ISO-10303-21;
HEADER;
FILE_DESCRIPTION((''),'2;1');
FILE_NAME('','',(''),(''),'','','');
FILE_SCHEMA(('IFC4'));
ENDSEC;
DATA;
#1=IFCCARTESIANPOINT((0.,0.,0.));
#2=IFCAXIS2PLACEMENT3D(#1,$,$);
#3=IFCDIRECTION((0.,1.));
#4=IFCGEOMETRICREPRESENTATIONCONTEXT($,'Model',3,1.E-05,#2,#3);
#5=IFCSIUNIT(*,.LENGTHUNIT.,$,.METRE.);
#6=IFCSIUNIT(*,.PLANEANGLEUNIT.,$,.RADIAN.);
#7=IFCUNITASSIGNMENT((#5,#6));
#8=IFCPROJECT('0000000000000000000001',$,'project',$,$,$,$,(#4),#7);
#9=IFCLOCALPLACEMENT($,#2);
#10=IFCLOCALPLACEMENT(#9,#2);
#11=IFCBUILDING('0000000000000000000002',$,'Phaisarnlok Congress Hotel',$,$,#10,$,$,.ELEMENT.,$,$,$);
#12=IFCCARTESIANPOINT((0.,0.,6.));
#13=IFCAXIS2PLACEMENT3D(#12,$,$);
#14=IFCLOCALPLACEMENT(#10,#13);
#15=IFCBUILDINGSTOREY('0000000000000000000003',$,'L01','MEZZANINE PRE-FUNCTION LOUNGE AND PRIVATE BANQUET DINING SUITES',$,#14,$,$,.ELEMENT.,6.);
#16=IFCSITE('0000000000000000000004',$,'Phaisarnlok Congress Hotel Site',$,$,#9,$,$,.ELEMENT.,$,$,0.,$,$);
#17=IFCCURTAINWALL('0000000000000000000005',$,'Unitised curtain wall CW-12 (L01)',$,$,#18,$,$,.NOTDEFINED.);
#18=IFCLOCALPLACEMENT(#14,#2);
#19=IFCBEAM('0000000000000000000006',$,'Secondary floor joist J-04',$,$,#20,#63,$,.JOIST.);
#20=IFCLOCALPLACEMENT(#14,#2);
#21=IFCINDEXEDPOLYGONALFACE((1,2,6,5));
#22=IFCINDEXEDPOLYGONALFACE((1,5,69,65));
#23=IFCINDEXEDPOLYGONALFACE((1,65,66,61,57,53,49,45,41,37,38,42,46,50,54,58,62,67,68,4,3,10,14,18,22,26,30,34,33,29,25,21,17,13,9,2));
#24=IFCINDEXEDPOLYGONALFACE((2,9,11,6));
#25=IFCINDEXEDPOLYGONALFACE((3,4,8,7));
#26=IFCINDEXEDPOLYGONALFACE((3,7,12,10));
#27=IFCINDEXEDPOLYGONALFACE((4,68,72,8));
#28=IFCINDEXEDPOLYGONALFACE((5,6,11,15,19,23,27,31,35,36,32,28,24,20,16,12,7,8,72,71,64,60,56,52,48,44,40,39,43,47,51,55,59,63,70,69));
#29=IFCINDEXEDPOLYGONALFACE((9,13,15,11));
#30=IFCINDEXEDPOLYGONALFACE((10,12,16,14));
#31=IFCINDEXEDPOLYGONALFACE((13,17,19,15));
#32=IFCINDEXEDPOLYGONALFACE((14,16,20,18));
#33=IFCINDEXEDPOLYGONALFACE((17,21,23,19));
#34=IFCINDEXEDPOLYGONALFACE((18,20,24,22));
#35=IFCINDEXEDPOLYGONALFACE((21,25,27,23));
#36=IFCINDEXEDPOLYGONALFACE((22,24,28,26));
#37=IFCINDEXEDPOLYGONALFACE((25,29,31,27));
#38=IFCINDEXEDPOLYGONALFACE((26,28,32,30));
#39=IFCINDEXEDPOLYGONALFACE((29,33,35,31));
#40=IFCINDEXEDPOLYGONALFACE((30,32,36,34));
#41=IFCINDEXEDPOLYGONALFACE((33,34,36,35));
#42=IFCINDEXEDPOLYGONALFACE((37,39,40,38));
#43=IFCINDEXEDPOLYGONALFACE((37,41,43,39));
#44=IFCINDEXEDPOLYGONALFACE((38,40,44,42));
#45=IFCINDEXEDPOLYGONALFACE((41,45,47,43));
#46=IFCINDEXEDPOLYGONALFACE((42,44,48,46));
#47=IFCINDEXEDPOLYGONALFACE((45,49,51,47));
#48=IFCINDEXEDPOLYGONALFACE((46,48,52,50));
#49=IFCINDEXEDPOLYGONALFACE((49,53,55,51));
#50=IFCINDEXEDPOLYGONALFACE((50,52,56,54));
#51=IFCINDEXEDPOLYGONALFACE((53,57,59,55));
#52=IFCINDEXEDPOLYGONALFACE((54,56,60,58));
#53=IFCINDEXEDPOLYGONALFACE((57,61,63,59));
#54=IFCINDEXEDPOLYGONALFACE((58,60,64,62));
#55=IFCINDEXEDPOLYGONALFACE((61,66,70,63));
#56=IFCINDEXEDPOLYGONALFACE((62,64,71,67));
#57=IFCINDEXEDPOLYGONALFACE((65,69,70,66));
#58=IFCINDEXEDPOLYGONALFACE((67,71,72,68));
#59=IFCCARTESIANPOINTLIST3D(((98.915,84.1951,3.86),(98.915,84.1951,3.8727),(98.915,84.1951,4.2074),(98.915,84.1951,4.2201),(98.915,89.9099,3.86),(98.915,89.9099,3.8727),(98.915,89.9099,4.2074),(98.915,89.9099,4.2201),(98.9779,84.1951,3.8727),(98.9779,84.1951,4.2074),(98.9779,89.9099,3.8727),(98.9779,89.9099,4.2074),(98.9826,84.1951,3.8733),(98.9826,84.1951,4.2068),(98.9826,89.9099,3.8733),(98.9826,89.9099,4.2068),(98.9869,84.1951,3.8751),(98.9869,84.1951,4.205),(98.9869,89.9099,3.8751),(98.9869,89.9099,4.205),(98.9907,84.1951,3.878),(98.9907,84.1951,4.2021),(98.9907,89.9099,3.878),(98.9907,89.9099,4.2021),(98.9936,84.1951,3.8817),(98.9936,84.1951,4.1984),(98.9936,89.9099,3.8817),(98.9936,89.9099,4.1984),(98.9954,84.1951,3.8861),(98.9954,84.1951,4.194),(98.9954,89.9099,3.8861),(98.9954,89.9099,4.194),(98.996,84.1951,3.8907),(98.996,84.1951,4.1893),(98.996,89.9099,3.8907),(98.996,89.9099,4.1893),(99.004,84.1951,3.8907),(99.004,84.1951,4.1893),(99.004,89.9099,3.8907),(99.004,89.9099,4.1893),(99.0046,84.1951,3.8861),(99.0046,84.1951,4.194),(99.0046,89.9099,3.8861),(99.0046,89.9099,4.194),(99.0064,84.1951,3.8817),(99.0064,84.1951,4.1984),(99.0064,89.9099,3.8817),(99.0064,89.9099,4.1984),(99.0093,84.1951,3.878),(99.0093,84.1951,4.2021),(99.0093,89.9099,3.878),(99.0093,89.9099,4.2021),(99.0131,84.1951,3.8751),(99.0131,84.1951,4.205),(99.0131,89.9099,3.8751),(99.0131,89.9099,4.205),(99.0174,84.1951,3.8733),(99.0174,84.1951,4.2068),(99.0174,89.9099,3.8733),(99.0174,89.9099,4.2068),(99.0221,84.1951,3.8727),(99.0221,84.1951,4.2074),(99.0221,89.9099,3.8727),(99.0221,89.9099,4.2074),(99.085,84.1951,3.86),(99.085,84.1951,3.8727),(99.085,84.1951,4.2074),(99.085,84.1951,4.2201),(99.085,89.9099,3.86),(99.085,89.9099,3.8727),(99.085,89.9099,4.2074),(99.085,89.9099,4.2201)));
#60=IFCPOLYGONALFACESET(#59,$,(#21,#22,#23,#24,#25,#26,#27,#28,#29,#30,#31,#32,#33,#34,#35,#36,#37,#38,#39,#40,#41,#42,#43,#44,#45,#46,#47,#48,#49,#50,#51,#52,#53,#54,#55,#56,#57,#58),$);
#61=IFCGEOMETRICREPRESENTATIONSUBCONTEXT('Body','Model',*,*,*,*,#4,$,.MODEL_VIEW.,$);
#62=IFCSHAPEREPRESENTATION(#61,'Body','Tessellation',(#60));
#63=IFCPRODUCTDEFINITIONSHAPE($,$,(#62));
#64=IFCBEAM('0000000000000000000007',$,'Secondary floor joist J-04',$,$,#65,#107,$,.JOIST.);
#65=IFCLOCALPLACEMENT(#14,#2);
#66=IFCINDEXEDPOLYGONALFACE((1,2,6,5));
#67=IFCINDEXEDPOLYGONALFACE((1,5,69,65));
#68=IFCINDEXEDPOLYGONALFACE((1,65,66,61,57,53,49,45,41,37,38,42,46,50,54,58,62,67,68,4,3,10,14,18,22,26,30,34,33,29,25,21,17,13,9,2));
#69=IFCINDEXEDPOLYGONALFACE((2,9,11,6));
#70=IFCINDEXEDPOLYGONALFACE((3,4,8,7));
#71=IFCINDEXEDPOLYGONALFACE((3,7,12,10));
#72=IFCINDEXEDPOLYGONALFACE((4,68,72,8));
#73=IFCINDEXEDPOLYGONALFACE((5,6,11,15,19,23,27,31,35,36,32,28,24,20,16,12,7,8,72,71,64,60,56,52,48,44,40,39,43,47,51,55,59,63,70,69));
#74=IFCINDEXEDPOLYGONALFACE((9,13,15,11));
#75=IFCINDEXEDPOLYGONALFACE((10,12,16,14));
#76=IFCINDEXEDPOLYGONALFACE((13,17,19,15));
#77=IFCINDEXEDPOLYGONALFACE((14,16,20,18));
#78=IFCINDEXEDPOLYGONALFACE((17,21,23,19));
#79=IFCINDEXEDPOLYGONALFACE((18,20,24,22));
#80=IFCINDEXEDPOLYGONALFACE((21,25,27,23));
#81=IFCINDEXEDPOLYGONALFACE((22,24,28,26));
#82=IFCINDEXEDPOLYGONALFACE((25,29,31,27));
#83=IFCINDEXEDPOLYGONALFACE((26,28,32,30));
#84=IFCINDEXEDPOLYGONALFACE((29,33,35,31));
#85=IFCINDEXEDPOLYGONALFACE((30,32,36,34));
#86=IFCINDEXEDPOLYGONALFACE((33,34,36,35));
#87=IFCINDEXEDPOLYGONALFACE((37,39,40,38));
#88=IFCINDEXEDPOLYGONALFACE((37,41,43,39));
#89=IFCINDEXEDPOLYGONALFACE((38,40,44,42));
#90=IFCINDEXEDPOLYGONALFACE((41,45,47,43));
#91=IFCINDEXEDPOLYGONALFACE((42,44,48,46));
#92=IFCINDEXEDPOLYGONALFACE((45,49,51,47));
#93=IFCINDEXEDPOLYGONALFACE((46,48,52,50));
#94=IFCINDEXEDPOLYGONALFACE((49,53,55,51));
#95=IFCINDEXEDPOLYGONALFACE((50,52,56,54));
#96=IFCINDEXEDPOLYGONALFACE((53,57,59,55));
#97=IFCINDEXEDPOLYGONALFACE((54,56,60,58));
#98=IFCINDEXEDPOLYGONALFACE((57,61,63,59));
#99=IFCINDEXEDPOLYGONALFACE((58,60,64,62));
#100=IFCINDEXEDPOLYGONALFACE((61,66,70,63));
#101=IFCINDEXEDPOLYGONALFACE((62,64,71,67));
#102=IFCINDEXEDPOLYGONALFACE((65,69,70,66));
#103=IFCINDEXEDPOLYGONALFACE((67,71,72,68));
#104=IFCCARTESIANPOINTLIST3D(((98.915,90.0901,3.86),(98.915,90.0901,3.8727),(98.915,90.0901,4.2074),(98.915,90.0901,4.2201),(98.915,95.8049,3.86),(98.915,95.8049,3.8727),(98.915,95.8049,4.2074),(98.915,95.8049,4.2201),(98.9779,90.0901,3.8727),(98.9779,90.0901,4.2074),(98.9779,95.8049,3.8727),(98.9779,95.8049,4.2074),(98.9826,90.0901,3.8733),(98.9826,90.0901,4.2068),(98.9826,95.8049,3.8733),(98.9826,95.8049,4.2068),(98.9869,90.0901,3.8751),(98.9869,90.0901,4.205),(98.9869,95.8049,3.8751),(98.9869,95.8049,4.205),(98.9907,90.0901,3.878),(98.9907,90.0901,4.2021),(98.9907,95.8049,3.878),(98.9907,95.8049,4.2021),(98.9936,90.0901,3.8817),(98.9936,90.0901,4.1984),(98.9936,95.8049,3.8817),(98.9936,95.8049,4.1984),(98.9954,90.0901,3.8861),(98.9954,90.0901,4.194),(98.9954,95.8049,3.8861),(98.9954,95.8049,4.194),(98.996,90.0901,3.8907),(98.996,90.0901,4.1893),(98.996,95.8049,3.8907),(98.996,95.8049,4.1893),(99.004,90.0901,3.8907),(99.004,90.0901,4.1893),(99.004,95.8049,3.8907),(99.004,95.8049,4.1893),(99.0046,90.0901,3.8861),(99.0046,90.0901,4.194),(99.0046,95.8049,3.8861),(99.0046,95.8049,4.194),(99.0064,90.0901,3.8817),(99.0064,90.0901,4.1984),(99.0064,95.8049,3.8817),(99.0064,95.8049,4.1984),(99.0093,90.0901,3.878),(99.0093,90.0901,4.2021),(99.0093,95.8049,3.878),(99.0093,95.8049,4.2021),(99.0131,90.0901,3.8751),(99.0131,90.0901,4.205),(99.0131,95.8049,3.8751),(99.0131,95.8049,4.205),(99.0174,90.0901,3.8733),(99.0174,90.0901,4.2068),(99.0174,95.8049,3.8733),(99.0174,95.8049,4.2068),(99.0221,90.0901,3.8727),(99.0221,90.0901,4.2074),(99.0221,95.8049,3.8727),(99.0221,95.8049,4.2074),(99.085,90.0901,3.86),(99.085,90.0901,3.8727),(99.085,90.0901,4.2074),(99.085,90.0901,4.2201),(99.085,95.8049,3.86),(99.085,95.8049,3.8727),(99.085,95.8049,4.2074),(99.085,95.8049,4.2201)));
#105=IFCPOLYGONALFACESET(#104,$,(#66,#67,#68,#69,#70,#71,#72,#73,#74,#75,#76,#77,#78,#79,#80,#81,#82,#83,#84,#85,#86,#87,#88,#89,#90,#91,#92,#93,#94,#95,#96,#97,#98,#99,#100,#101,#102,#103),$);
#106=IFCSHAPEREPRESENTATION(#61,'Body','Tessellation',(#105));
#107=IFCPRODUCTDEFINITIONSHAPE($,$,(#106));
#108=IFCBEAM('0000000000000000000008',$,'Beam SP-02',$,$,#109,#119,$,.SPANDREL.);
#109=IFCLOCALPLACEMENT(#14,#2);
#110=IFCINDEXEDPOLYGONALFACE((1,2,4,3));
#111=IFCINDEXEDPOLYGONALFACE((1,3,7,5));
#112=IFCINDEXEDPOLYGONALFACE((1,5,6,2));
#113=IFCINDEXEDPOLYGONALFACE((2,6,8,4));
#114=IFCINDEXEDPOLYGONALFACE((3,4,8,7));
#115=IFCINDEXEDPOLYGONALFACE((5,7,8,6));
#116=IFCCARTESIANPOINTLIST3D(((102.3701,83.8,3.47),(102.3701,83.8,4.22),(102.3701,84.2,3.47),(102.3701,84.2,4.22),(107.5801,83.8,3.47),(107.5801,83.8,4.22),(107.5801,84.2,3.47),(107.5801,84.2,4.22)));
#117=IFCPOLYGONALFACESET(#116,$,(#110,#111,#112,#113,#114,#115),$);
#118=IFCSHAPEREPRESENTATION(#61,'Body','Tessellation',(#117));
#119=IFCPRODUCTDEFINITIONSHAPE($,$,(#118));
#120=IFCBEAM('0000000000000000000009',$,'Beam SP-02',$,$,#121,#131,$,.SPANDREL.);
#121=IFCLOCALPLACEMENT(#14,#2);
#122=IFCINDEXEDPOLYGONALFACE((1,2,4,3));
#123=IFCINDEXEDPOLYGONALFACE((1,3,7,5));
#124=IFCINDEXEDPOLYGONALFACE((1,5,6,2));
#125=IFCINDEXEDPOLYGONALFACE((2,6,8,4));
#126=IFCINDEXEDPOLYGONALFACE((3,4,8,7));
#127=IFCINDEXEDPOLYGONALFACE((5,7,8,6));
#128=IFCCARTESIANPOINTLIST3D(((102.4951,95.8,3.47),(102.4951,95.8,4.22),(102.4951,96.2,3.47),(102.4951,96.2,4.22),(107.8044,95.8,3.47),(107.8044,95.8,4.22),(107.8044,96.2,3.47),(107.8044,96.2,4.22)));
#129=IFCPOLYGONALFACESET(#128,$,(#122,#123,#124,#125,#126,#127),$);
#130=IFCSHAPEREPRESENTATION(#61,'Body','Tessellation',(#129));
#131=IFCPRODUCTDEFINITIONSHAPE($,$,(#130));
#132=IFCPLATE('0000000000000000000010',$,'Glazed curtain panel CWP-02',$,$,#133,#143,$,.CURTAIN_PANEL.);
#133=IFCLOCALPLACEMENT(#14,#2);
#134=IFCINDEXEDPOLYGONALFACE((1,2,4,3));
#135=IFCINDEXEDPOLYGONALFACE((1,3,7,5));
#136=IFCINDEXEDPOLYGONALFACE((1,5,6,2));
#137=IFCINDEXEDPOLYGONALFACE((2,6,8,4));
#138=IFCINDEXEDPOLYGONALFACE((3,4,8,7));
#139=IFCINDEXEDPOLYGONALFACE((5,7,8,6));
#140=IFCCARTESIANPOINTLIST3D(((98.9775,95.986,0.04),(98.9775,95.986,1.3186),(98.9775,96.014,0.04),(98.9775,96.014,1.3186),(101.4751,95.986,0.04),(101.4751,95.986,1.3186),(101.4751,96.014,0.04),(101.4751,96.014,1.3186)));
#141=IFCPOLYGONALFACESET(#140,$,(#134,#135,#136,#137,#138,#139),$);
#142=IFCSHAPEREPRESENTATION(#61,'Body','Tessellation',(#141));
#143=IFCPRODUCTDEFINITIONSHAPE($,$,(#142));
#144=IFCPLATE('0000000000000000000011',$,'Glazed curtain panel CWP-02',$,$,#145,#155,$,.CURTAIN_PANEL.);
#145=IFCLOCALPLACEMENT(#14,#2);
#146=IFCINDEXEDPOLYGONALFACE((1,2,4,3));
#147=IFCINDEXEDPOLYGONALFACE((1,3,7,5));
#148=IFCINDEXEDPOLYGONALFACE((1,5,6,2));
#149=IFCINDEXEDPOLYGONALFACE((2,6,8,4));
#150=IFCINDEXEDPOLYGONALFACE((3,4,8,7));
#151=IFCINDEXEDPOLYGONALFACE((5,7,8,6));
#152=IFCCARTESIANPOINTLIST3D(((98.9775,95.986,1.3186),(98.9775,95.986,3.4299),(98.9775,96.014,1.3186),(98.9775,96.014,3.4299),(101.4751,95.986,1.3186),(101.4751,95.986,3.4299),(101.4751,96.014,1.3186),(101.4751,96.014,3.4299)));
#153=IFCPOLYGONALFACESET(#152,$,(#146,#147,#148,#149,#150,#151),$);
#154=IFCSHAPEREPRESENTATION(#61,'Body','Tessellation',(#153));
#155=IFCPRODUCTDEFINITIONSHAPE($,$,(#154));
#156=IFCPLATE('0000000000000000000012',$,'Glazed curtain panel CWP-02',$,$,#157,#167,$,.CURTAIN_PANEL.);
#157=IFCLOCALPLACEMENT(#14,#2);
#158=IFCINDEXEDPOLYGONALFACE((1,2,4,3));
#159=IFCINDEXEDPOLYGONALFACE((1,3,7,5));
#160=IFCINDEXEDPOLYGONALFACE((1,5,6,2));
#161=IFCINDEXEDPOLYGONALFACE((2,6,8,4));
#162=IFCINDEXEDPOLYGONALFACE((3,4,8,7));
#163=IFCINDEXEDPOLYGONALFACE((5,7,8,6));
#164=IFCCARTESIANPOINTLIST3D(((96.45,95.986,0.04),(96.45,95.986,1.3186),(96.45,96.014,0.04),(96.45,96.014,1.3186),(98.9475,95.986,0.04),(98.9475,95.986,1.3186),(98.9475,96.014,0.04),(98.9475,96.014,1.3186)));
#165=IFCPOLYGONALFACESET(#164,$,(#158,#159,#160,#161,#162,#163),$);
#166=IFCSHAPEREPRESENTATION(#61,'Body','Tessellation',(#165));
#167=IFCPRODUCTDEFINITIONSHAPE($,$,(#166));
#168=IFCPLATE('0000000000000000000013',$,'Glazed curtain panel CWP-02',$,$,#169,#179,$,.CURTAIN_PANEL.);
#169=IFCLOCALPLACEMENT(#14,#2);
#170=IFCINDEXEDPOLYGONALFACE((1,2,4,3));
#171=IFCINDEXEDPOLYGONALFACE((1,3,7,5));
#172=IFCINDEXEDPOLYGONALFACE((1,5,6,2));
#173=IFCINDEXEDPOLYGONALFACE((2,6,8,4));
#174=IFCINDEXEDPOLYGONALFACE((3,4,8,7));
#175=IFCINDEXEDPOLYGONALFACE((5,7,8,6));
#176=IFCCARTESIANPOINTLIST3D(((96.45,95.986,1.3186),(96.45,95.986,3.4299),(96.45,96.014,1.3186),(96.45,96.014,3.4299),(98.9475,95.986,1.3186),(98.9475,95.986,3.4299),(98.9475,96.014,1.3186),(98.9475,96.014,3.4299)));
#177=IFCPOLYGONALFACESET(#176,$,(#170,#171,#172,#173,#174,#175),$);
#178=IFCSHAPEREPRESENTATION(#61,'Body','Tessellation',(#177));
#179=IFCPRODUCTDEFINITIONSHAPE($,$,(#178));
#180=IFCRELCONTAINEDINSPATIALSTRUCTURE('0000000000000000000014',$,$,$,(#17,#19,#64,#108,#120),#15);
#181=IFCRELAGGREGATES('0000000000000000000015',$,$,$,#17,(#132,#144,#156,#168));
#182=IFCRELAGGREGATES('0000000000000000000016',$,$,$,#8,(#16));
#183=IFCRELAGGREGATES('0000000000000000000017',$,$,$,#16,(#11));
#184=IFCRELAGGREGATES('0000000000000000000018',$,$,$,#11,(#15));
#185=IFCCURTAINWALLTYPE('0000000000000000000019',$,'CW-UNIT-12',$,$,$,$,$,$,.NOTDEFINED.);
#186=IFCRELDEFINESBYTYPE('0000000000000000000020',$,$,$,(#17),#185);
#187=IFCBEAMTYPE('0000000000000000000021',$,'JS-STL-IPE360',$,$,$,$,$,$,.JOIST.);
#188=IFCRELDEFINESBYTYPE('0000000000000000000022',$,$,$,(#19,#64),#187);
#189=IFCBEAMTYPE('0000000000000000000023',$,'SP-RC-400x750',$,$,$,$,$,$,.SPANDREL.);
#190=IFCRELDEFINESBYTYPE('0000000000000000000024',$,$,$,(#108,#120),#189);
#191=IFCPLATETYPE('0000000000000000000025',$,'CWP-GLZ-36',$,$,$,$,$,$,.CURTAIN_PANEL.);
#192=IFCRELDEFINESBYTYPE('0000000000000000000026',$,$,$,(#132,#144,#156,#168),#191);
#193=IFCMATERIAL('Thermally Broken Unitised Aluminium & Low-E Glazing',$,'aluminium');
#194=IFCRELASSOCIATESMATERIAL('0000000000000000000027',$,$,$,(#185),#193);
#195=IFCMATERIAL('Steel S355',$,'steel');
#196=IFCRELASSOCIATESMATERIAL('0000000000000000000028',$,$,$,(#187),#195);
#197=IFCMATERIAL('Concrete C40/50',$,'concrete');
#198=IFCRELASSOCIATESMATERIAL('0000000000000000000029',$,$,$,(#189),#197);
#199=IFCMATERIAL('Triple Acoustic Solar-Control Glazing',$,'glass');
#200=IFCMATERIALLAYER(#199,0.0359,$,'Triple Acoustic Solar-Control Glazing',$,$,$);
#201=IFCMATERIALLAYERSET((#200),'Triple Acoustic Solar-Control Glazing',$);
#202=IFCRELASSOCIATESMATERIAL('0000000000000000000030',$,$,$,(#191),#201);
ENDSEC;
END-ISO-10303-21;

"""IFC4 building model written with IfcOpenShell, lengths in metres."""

from ifc_helpers import new_model, si_unit, direction, frame, frame_2d, origin, origin_2d, place, context, subcontext, project, spatial, rectangle, i_section, extrude, material, layer, layer_set, material_profile, profile_set, type_object, element, aggregate, save


model = new_model("IFC4")

# Units and contexts
model_context = context("Model", 3, precision=1e-05, world=origin(), true_north=direction((0.0, 1.0)))
body_context = subcontext(model_context, "Body", "Model", "MODEL_VIEW")
ifc_project = project(units=[si_unit("LENGTHUNIT", "METRE"), si_unit("PLANEANGLEUNIT", "RADIAN")], contexts=[model_context])

# Site, building, storey
site_placement = place(None, origin())
site = spatial("IfcSite", under=ifc_project, at=site_placement, Name="Phaisarnlok Congress Hotel Site", CompositionType="ELEMENT", RefElevation=0.0)
building_placement = place(site_placement, origin())
building = spatial("IfcBuilding", under=site, at=building_placement, Name="Phaisarnlok Congress Hotel", CompositionType="ELEMENT")
storey_placement = place(building_placement, frame((0.0, 0.0, 6.0)))
storey = spatial("IfcBuildingStorey", under=building, at=storey_placement, Name="L01", Description="MEZZANINE PRE-FUNCTION LOUNGE AND PRIVATE BANQUET DINING SUITES", CompositionType="ELEMENT", Elevation=6.0)

# Shared definitions
ifc_material_1 = material(Name="Concrete C40/50", Category="concrete")
ifc_material_2 = material(Name="Steel S355", Category="steel")

# Shared definitions
ifc_material_3 = material(Name="Thermally Broken Unitised Aluminium & Low-E Glazing", Category="aluminium")

# Curtain wall
curtain_wall_type_1 = type_object("IfcCurtainWallType", Name="CW-UNIT-12", PredefinedType="NOTDEFINED", material=ifc_material_3)
curtain_wall_1_placement = place(storey_placement, origin())
curtain_wall_1 = element("IfcCurtainWall", 1, at=curtain_wall_1_placement, inside=storey, type_object=curtain_wall_type_1, Name="Unitised curtain wall CW-12 (L01)", PredefinedType="NOTDEFINED")

# Beams
ifc_material_profile_1 = material_profile(ifc_material_2, i_section(OverallWidth=0.1699, OverallDepth=0.3601, WebThickness=0.0081, FlangeThickness=0.0127, FilletRadius=0.0181, at=origin_2d()), Name="IPE 360")
ifc_profile_set_1 = profile_set([ifc_material_profile_1], Name="Steel S355")
beam_type_1 = type_object("IfcBeamType", Name="JS-STL-IPE360", PredefinedType="JOIST", material=ifc_profile_set_1)
for number, where, z_axis, x_axis, name in (
    (2, (99.0, 84.1951, 4.04), (0.0, 1.0, 0.0), (-1.0, 0.0, 0.0), "Secondary floor joist J-04"),
    (3, (99.0, 90.0901, 4.04), (0.0, 1.0, 0.0), (-1.0, 0.0, 0.0), "Secondary floor joist J-04"),
):
    element("IfcBeam", number, at=place(storey_placement, frame(where, z_axis=z_axis, x_axis=x_axis)), inside=storey, type_object=beam_type_1, Name=name, PredefinedType="JOIST", context=body_context, shape_type="SweptSolid", body=[
        extrude(i_section(OverallWidth=0.1699, OverallDepth=0.3601, WebThickness=0.0081, FlangeThickness=0.0127, FilletRadius=0.0181, at=origin_2d()), origin(), (0.0, 0.0, 1.0), 5.7148),
    ])
ifc_material_profile_2 = material_profile(ifc_material_1, rectangle(XDim=0.3999, YDim=0.75, at=origin_2d()), Name="RC 400x750")
ifc_profile_set_2 = profile_set([ifc_material_profile_2], Name="Concrete C40/50")
beam_type_2 = type_object("IfcBeamType", Name="SP-RC-400x750", PredefinedType="SPANDREL", material=ifc_profile_set_2)
beam_1_placement = place(storey_placement, frame((102.3701, 84.0, 3.845), z_axis=(1.0, 0.0, 0.0), x_axis=(0.0, 1.0, 0.0)))
element("IfcBeam", 4, at=beam_1_placement, inside=storey, type_object=beam_type_2, Name="Beam SP-02", PredefinedType="SPANDREL", context=body_context, shape_type="SweptSolid", body=[
    extrude(rectangle(XDim=0.3999, YDim=0.75, at=origin_2d()), origin(), (0.0, 0.0, 1.0), 5.21),
])
beam_2_placement = place(storey_placement, frame((102.4951, 96.0, 3.845), z_axis=(1.0, 0.0, 0.0), x_axis=(0.0, 1.0, 0.0)))
element("IfcBeam", 5, at=beam_2_placement, inside=storey, type_object=beam_type_2, Name="Beam SP-02", PredefinedType="SPANDREL", context=body_context, shape_type="SweptSolid", body=[
    extrude(rectangle(XDim=0.3999, YDim=0.75, at=origin_2d()), origin(), (0.0, 0.0, 1.0), 5.3093),
])

# Plates
ifc_material_4 = material(Name="Triple Acoustic Solar-Control Glazing", Category="glass")
ifc_layer = layer(ifc_material_4, 0.0359, Name="Triple Acoustic Solar-Control Glazing")
ifc_layer_set = layer_set([ifc_layer], Name="Triple Acoustic Solar-Control Glazing")
plate_type = type_object("IfcPlateType", Name="CWP-GLZ-36", PredefinedType="CURTAIN_PANEL", material=ifc_layer_set)
plate_1_placement = place(storey_placement, frame((101.4751, 96.0, 0.04), z_axis=(0.0, 0.0, 1.0), x_axis=(-1.0, 0.0, 0.0)))
plate_1 = element("IfcPlate", 6, at=plate_1_placement, type_object=plate_type, Name="Glazed curtain panel CWP-02", PredefinedType="CURTAIN_PANEL", context=body_context, shape_type="SweptSolid", body=[
    extrude(rectangle(XDim=2.4976, YDim=0.0281, at=frame_2d((1.2488, 0.0))), origin(), (0.0, 0.0, 1.0), 1.2786),
])
plate_2_placement = place(storey_placement, frame((101.4751, 96.0, 1.3186), z_axis=(0.0, 0.0, 1.0), x_axis=(-1.0, 0.0, 0.0)))
plate_2 = element("IfcPlate", 7, at=plate_2_placement, type_object=plate_type, Name="Glazed curtain panel CWP-02", PredefinedType="CURTAIN_PANEL", context=body_context, shape_type="SweptSolid", body=[
    extrude(rectangle(XDim=2.4976, YDim=0.0281, at=frame_2d((1.2488, 0.0))), origin(), (0.0, 0.0, 1.0), 2.1113),
])
plate_3_placement = place(storey_placement, frame((98.9475, 96.0, 0.04), z_axis=(0.0, 0.0, 1.0), x_axis=(-1.0, 0.0, 0.0)))
plate_3 = element("IfcPlate", 8, at=plate_3_placement, type_object=plate_type, Name="Glazed curtain panel CWP-02", PredefinedType="CURTAIN_PANEL", context=body_context, shape_type="SweptSolid", body=[
    extrude(rectangle(XDim=2.4976, YDim=0.0281, at=frame_2d((1.2488, 0.0))), origin(), (0.0, 0.0, 1.0), 1.2786),
])
plate_4_placement = place(storey_placement, frame((98.9475, 96.0, 1.3186), z_axis=(0.0, 0.0, 1.0), x_axis=(-1.0, 0.0, 0.0)))
plate_4 = element("IfcPlate", 9, at=plate_4_placement, type_object=plate_type, Name="Glazed curtain panel CWP-02", PredefinedType="CURTAIN_PANEL", context=body_context, shape_type="SweptSolid", body=[
    extrude(rectangle(XDim=2.4976, YDim=0.0281, at=frame_2d((1.2488, 0.0))), origin(), (0.0, 0.0, 1.0), 2.1113),
])
aggregate(curtain_wall_1, [plate_1, plate_2, plate_3, plate_4])

save(model, "model.ifc")
